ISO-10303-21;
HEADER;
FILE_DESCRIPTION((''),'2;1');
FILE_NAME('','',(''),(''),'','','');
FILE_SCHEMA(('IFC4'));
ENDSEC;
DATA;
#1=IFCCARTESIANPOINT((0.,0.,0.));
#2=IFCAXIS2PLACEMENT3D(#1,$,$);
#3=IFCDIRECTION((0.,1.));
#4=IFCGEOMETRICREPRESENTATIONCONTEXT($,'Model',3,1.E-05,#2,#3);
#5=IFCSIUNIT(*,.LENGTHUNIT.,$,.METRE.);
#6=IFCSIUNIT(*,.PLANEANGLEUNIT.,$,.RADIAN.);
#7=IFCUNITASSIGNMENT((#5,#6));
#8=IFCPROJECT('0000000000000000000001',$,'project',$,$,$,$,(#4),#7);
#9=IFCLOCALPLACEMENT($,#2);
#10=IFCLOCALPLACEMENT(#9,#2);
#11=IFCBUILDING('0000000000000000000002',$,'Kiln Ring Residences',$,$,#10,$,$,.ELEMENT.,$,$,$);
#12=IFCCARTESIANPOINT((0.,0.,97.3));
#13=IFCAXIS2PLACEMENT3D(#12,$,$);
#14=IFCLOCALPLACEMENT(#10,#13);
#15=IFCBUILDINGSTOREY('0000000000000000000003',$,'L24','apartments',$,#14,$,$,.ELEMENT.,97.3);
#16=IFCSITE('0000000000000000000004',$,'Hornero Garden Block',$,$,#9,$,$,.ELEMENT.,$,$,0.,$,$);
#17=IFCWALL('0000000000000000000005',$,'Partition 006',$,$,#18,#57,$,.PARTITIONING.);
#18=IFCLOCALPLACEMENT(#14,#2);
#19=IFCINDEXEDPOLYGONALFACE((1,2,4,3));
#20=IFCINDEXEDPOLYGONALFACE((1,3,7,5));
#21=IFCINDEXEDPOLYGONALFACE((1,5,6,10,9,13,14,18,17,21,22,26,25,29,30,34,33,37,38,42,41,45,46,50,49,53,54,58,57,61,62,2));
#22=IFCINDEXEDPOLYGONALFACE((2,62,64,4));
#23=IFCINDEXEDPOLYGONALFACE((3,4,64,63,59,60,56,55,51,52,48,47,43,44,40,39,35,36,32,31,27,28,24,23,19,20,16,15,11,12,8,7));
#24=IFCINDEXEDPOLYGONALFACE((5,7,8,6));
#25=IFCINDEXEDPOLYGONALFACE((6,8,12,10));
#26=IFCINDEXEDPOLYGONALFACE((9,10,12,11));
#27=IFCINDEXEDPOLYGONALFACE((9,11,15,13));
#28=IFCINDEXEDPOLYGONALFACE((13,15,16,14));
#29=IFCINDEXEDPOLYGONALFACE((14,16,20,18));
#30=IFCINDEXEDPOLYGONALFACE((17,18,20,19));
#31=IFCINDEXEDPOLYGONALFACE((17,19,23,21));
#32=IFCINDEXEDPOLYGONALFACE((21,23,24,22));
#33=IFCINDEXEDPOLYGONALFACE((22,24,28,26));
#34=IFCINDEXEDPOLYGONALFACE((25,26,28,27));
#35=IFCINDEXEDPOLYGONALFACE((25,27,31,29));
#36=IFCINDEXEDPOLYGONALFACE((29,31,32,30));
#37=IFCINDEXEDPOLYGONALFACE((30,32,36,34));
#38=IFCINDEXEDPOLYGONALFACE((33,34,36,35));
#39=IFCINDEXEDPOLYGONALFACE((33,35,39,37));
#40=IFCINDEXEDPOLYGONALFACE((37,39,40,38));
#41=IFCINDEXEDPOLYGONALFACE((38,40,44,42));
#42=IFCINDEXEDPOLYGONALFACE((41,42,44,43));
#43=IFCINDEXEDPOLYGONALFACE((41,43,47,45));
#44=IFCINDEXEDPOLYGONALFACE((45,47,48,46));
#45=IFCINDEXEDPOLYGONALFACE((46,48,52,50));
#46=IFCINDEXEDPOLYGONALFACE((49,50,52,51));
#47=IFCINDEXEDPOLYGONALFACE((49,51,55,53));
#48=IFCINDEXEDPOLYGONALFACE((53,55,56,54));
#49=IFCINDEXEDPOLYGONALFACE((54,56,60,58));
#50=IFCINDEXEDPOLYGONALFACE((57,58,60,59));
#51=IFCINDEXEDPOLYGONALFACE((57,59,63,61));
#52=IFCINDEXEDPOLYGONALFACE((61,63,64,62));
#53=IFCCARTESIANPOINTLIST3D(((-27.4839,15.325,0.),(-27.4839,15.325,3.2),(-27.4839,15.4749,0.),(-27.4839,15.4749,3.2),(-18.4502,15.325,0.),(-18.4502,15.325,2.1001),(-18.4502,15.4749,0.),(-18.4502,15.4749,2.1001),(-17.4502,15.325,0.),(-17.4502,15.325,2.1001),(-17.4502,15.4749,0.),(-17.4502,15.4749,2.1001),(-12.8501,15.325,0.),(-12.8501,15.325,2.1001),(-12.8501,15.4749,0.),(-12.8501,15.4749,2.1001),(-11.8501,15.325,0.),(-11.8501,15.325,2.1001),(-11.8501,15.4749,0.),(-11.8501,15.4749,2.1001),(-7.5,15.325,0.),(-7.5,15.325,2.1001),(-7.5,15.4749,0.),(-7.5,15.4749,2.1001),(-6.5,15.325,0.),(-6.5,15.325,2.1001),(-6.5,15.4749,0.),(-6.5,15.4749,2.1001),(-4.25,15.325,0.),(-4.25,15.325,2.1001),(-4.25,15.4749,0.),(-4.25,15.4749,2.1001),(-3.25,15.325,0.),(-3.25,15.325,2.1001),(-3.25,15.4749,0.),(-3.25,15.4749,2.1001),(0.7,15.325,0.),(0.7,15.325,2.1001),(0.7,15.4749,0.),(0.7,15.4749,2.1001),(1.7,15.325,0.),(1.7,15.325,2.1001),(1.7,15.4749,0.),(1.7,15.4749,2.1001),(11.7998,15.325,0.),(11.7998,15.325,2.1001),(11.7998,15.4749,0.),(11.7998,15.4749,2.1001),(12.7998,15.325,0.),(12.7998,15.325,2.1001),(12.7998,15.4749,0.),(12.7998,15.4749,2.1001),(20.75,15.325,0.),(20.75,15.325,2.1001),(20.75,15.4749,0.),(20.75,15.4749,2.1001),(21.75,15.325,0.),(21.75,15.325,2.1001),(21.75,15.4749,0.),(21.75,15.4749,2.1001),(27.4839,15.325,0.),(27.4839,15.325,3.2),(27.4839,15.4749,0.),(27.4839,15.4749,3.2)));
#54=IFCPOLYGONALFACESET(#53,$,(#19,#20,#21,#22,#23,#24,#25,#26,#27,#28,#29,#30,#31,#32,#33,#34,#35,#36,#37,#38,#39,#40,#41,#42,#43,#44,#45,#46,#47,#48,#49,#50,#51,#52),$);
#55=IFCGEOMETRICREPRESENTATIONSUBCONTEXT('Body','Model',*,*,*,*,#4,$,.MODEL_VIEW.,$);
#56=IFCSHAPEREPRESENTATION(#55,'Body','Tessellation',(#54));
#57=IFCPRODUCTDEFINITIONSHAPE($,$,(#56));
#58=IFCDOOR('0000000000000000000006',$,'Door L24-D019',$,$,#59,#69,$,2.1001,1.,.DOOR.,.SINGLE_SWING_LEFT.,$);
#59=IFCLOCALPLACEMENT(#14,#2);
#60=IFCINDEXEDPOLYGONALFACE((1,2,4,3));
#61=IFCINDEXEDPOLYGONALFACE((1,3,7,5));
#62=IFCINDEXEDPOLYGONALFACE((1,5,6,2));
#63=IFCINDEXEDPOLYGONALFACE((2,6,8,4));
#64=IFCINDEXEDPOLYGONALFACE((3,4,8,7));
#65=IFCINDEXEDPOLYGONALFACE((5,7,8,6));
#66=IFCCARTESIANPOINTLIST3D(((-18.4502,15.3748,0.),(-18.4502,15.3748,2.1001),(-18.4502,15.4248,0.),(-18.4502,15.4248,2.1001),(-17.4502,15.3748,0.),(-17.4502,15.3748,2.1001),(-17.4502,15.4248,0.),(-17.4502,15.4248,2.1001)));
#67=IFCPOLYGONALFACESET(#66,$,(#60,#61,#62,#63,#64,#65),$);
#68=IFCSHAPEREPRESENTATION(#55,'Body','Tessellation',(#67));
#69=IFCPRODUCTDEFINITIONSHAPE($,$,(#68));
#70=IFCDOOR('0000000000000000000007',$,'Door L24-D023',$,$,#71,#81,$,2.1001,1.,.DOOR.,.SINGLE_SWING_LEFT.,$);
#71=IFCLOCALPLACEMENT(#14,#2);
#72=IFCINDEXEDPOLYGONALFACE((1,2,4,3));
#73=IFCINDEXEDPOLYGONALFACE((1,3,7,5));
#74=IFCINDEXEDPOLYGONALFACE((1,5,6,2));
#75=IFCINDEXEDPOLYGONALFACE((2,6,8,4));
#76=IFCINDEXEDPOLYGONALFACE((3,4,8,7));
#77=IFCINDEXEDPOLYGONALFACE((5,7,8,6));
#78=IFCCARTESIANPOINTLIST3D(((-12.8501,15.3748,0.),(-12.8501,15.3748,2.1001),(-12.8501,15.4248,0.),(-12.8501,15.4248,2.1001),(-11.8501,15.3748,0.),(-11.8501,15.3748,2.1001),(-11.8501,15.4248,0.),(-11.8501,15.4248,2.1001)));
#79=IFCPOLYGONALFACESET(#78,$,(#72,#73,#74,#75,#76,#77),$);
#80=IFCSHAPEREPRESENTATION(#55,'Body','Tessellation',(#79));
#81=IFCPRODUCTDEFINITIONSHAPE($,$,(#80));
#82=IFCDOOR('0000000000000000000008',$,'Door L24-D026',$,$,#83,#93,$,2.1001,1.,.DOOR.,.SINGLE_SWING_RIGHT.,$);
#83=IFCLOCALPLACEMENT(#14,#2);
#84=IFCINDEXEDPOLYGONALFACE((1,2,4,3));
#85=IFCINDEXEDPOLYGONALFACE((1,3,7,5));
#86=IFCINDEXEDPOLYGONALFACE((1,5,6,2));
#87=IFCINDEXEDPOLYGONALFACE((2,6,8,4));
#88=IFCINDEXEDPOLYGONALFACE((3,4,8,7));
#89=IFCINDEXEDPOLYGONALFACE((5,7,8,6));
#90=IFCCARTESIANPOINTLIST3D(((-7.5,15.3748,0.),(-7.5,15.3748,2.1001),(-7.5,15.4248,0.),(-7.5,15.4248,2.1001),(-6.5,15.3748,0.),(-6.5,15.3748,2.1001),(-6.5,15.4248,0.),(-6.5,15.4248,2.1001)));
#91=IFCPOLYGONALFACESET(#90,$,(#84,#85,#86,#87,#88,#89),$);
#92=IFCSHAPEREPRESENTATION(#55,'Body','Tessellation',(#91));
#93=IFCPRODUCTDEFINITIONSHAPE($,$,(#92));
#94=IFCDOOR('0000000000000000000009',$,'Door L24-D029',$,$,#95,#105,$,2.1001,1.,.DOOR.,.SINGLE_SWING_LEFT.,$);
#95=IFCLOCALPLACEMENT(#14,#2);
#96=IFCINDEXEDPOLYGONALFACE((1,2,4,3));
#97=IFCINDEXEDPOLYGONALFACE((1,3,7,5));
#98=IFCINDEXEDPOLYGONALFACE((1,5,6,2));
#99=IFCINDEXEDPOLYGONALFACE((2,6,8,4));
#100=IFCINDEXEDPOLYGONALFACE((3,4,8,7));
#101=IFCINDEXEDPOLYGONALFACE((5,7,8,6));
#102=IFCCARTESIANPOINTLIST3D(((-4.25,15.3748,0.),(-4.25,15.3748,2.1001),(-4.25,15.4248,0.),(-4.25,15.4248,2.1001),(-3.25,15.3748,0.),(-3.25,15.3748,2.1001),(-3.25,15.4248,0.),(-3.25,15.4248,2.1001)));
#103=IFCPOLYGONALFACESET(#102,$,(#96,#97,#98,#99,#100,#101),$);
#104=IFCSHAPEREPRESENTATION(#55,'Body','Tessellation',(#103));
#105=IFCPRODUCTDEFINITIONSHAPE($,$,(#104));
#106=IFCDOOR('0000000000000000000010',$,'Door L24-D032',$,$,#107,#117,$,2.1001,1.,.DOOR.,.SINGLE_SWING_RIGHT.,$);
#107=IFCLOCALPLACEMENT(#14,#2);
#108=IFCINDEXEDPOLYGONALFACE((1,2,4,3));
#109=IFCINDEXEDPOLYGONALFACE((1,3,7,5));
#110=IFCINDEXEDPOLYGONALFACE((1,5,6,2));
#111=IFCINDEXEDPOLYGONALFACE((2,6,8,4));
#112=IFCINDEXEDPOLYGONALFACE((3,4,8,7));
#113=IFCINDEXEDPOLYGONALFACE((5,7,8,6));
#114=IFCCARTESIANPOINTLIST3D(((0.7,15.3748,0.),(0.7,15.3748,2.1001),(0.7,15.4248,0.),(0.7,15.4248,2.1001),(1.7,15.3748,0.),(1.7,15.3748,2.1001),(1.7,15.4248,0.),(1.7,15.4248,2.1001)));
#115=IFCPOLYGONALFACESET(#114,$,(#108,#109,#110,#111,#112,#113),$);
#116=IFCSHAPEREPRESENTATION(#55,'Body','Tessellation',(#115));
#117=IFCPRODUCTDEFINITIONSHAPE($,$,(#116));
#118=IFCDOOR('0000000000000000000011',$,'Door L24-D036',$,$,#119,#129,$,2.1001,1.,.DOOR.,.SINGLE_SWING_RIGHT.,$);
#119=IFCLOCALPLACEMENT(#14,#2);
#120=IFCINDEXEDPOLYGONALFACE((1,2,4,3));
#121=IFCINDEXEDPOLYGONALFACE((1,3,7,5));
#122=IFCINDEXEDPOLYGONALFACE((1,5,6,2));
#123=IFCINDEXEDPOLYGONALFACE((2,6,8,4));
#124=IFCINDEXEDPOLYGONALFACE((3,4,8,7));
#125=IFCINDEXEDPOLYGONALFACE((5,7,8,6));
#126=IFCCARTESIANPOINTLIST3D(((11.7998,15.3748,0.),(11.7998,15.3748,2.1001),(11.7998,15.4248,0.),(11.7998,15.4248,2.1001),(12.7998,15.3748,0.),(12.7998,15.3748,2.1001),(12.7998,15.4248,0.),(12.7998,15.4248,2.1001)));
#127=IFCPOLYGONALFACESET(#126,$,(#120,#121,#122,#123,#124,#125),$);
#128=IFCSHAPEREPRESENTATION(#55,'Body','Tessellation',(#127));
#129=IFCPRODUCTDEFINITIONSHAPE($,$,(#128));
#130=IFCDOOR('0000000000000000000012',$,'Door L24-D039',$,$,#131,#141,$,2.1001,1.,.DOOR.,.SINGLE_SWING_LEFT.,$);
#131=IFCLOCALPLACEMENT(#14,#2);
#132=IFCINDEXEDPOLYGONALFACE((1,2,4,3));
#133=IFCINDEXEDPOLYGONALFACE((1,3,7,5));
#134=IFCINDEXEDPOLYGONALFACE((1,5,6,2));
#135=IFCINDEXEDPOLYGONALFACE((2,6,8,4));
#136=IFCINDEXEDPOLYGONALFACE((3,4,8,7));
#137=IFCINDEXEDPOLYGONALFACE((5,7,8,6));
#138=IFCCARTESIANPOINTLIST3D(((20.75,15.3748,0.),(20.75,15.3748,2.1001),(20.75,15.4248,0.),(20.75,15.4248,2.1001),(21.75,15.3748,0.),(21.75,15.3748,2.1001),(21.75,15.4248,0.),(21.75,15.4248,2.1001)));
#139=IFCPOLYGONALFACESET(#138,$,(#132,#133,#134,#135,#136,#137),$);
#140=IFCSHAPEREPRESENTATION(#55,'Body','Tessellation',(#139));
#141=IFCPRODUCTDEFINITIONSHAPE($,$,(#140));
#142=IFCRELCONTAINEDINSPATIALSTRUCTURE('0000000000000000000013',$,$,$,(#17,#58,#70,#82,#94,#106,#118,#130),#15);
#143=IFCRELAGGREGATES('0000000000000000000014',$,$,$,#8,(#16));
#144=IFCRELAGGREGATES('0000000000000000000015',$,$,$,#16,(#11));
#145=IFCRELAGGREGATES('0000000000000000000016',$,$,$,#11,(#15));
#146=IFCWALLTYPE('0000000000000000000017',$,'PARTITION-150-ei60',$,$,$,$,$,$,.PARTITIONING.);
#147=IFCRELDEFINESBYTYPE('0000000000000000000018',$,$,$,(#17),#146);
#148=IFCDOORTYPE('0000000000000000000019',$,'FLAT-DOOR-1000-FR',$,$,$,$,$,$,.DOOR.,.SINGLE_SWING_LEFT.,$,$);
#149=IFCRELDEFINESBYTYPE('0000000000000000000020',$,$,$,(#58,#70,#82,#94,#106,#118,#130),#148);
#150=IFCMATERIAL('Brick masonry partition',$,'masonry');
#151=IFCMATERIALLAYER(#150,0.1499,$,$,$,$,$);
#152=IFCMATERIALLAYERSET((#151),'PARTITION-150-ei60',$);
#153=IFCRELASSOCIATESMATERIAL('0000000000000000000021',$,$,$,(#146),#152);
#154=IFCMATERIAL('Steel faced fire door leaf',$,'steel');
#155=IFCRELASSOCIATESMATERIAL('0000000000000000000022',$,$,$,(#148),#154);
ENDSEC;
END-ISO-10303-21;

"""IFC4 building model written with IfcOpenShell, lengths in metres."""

from ifc_helpers import new_model, si_unit, direction, frame, frame_2d, origin, place, context, subcontext, project, spatial, rectangle, extrude, material, layer, layer_set, type_object, element, fill, save


model = new_model("IFC4")

# Units and contexts
model_context = context("Model", 3, precision=1e-05, world=origin(), true_north=direction((0.0, 1.0)))
body_context = subcontext(model_context, "Body", "Model", "MODEL_VIEW")
ifc_project = project(units=[si_unit("LENGTHUNIT", "METRE"), si_unit("PLANEANGLEUNIT", "RADIAN")], contexts=[model_context])

# Site, building, storey
site_placement = place(None, origin())
site = spatial("IfcSite", under=ifc_project, at=site_placement, Name="Hornero Garden Block", CompositionType="ELEMENT", RefElevation=0.0)
building_placement = place(site_placement, origin())
building = spatial("IfcBuilding", under=site, at=building_placement, Name="Kiln Ring Residences", CompositionType="ELEMENT")
storey_placement = place(building_placement, frame((0.0, 0.0, 97.3)))
storey = spatial("IfcBuildingStorey", under=building, at=storey_placement, Name="L24", Description="apartments", CompositionType="ELEMENT", Elevation=97.3)

# Wall, openings, doors
ifc_material_1 = material(Name="Brick masonry partition", Category="masonry")
ifc_layer_1 = layer(ifc_material_1, 0.1499)
ifc_layer_set_1 = layer_set([ifc_layer_1], Name="PARTITION-150-ei60")
wall_type_1 = type_object("IfcWallType", Name="PARTITION-150-ei60", PredefinedType="PARTITIONING", material=ifc_layer_set_1)
wall_1_placement = place(storey_placement, frame((-27.4839, 15.3999, 0.0), z_axis=(0.0, 0.0, 1.0), x_axis=(1.0, 0.0, 0.0)))
wall_1 = element("IfcWall", 1, at=wall_1_placement, inside=storey, type_object=wall_type_1, Name="Partition 006", PredefinedType="PARTITIONING", context=body_context, shape_type="SweptSolid", body=[
    extrude(rectangle(XDim=54.9678, YDim=0.1499, at=frame_2d((27.4839, 0.0))), origin(), (0.0, 0.0, 1.0), 3.2),
])
opening_1_placement = place(wall_1_placement, frame((9.0337, 0.0, 0.0)))
opening_1 = element("IfcOpeningElement", 2, at=opening_1_placement, cuts=wall_1, PredefinedType="OPENING", context=body_context, shape_type="SweptSolid", body=[
    extrude(rectangle(XDim=1.0, YDim=2.1001, at=frame_2d((0.5, 1.05))), frame((0.0, 0.085, 0.0), z_axis=(0.0, -1.0, 0.0), x_axis=(1.0, 0.0, 0.0)), (0.0, 0.0, 1.0), 0.1699),
])
opening_2_placement = place(wall_1_placement, frame((14.6338, 0.0, 0.0)))
opening_2 = element("IfcOpeningElement", 3, at=opening_2_placement, cuts=wall_1, PredefinedType="OPENING", context=body_context, shape_type="SweptSolid", body=[
    extrude(rectangle(XDim=1.0, YDim=2.1001, at=frame_2d((0.5, 1.05))), frame((0.0, 0.085, 0.0), z_axis=(0.0, -1.0, 0.0), x_axis=(1.0, 0.0, 0.0)), (0.0, 0.0, 1.0), 0.1699),
])
opening_3_placement = place(wall_1_placement, frame((19.9839, 0.0, 0.0)))
opening_3 = element("IfcOpeningElement", 4, at=opening_3_placement, cuts=wall_1, PredefinedType="OPENING", context=body_context, shape_type="SweptSolid", body=[
    extrude(rectangle(XDim=1.0, YDim=2.1001, at=frame_2d((0.5, 1.05))), frame((0.0, 0.085, 0.0), z_axis=(0.0, -1.0, 0.0), x_axis=(1.0, 0.0, 0.0)), (0.0, 0.0, 1.0), 0.1699),
])
opening_4_placement = place(wall_1_placement, frame((23.2339, 0.0, 0.0)))
opening_4 = element("IfcOpeningElement", 5, at=opening_4_placement, cuts=wall_1, PredefinedType="OPENING", context=body_context, shape_type="SweptSolid", body=[
    extrude(rectangle(XDim=1.0, YDim=2.1001, at=frame_2d((0.5, 1.05))), frame((0.0, 0.085, 0.0), z_axis=(0.0, -1.0, 0.0), x_axis=(1.0, 0.0, 0.0)), (0.0, 0.0, 1.0), 0.1699),
])
opening_5_placement = place(wall_1_placement, frame((28.1838, 0.0, 0.0)))
opening_5 = element("IfcOpeningElement", 6, at=opening_5_placement, cuts=wall_1, PredefinedType="OPENING", context=body_context, shape_type="SweptSolid", body=[
    extrude(rectangle(XDim=1.0, YDim=2.1001, at=frame_2d((0.5, 1.05))), frame((0.0, 0.085, 0.0), z_axis=(0.0, -1.0, 0.0), x_axis=(1.0, 0.0, 0.0)), (0.0, 0.0, 1.0), 0.1699),
])
opening_6_placement = place(wall_1_placement, frame((39.2837, 0.0, 0.0)))
opening_6 = element("IfcOpeningElement", 7, at=opening_6_placement, cuts=wall_1, PredefinedType="OPENING", context=body_context, shape_type="SweptSolid", body=[
    extrude(rectangle(XDim=1.0, YDim=2.1001, at=frame_2d((0.5, 1.05))), frame((0.0, 0.085, 0.0), z_axis=(0.0, -1.0, 0.0), x_axis=(1.0, 0.0, 0.0)), (0.0, 0.0, 1.0), 0.1699),
])
opening_7_placement = place(wall_1_placement, frame((48.2339, 0.0, 0.0)))
opening_7 = element("IfcOpeningElement", 8, at=opening_7_placement, cuts=wall_1, PredefinedType="OPENING", context=body_context, shape_type="SweptSolid", body=[
    extrude(rectangle(XDim=1.0, YDim=2.1001, at=frame_2d((0.5, 1.05))), frame((0.0, 0.085, 0.0), z_axis=(0.0, -1.0, 0.0), x_axis=(1.0, 0.0, 0.0)), (0.0, 0.0, 1.0), 0.1699),
])
ifc_material_2 = material(Name="Steel faced fire door leaf", Category="steel")
door_type = type_object("IfcDoorType", Name="FLAT-DOOR-1000-FR", OperationType="SINGLE_SWING_LEFT", PredefinedType="DOOR", material=ifc_material_2)
door_1_placement = place(opening_1_placement, origin())
door_1 = element("IfcDoor", 9, at=door_1_placement, inside=storey, type_object=door_type, Name="Door L24-D019", OperationType="SINGLE_SWING_LEFT", OverallHeight=2.1001, OverallWidth=1.0, PredefinedType="DOOR", context=body_context, shape_type="SweptSolid", body=[
    extrude(rectangle(XDim=1.0, YDim=2.1001, at=frame_2d((0.5, 1.05))), frame((0.0, 0.0249, 0.0), z_axis=(0.0, -1.0, 0.0), x_axis=(1.0, 0.0, 0.0)), (0.0, 0.0, 1.0), 0.05),
])
fill(opening_1, door_1)
door_2_placement = place(opening_2_placement, origin())
door_2 = element("IfcDoor", 10, at=door_2_placement, inside=storey, type_object=door_type, Name="Door L24-D023", OperationType="SINGLE_SWING_LEFT", OverallHeight=2.1001, OverallWidth=1.0, PredefinedType="DOOR", context=body_context, shape_type="SweptSolid", body=[
    extrude(rectangle(XDim=1.0, YDim=2.1001, at=frame_2d((0.5, 1.05))), frame((0.0, 0.0249, 0.0), z_axis=(0.0, -1.0, 0.0), x_axis=(1.0, 0.0, 0.0)), (0.0, 0.0, 1.0), 0.05),
])
fill(opening_2, door_2)
door_3_placement = place(opening_3_placement, origin())
door_3 = element("IfcDoor", 11, at=door_3_placement, inside=storey, type_object=door_type, Name="Door L24-D026", OperationType="SINGLE_SWING_RIGHT", OverallHeight=2.1001, OverallWidth=1.0, PredefinedType="DOOR", context=body_context, shape_type="SweptSolid", body=[
    extrude(rectangle(XDim=1.0, YDim=2.1001, at=frame_2d((0.5, 1.05))), frame((0.0, 0.0249, 0.0), z_axis=(0.0, -1.0, 0.0), x_axis=(1.0, 0.0, 0.0)), (0.0, 0.0, 1.0), 0.05),
])
fill(opening_3, door_3)
door_4_placement = place(opening_4_placement, origin())
door_4 = element("IfcDoor", 12, at=door_4_placement, inside=storey, type_object=door_type, Name="Door L24-D029", OperationType="SINGLE_SWING_LEFT", OverallHeight=2.1001, OverallWidth=1.0, PredefinedType="DOOR", context=body_context, shape_type="SweptSolid", body=[
    extrude(rectangle(XDim=1.0, YDim=2.1001, at=frame_2d((0.5, 1.05))), frame((0.0, 0.0249, 0.0), z_axis=(0.0, -1.0, 0.0), x_axis=(1.0, 0.0, 0.0)), (0.0, 0.0, 1.0), 0.05),
])
fill(opening_4, door_4)
door_5_placement = place(opening_5_placement, origin())
door_5 = element("IfcDoor", 13, at=door_5_placement, inside=storey, type_object=door_type, Name="Door L24-D032", OperationType="SINGLE_SWING_RIGHT", OverallHeight=2.1001, OverallWidth=1.0, PredefinedType="DOOR", context=body_context, shape_type="SweptSolid", body=[
    extrude(rectangle(XDim=1.0, YDim=2.1001, at=frame_2d((0.5, 1.05))), frame((0.0, 0.0249, 0.0), z_axis=(0.0, -1.0, 0.0), x_axis=(1.0, 0.0, 0.0)), (0.0, 0.0, 1.0), 0.05),
])
fill(opening_5, door_5)
door_6_placement = place(opening_6_placement, origin())
door_6 = element("IfcDoor", 14, at=door_6_placement, inside=storey, type_object=door_type, Name="Door L24-D036", OperationType="SINGLE_SWING_RIGHT", OverallHeight=2.1001, OverallWidth=1.0, PredefinedType="DOOR", context=body_context, shape_type="SweptSolid", body=[
    extrude(rectangle(XDim=1.0, YDim=2.1001, at=frame_2d((0.5, 1.05))), frame((0.0, 0.0249, 0.0), z_axis=(0.0, -1.0, 0.0), x_axis=(1.0, 0.0, 0.0)), (0.0, 0.0, 1.0), 0.05),
])
fill(opening_6, door_6)
door_7_placement = place(opening_7_placement, origin())
door_7 = element("IfcDoor", 15, at=door_7_placement, inside=storey, type_object=door_type, Name="Door L24-D039", OperationType="SINGLE_SWING_LEFT", OverallHeight=2.1001, OverallWidth=1.0, PredefinedType="DOOR", context=body_context, shape_type="SweptSolid", body=[
    extrude(rectangle(XDim=1.0, YDim=2.1001, at=frame_2d((0.5, 1.05))), frame((0.0, 0.0249, 0.0), z_axis=(0.0, -1.0, 0.0), x_axis=(1.0, 0.0, 0.0)), (0.0, 0.0, 1.0), 0.05),
])
fill(opening_7, door_7)

save(model, "model.ifc")
